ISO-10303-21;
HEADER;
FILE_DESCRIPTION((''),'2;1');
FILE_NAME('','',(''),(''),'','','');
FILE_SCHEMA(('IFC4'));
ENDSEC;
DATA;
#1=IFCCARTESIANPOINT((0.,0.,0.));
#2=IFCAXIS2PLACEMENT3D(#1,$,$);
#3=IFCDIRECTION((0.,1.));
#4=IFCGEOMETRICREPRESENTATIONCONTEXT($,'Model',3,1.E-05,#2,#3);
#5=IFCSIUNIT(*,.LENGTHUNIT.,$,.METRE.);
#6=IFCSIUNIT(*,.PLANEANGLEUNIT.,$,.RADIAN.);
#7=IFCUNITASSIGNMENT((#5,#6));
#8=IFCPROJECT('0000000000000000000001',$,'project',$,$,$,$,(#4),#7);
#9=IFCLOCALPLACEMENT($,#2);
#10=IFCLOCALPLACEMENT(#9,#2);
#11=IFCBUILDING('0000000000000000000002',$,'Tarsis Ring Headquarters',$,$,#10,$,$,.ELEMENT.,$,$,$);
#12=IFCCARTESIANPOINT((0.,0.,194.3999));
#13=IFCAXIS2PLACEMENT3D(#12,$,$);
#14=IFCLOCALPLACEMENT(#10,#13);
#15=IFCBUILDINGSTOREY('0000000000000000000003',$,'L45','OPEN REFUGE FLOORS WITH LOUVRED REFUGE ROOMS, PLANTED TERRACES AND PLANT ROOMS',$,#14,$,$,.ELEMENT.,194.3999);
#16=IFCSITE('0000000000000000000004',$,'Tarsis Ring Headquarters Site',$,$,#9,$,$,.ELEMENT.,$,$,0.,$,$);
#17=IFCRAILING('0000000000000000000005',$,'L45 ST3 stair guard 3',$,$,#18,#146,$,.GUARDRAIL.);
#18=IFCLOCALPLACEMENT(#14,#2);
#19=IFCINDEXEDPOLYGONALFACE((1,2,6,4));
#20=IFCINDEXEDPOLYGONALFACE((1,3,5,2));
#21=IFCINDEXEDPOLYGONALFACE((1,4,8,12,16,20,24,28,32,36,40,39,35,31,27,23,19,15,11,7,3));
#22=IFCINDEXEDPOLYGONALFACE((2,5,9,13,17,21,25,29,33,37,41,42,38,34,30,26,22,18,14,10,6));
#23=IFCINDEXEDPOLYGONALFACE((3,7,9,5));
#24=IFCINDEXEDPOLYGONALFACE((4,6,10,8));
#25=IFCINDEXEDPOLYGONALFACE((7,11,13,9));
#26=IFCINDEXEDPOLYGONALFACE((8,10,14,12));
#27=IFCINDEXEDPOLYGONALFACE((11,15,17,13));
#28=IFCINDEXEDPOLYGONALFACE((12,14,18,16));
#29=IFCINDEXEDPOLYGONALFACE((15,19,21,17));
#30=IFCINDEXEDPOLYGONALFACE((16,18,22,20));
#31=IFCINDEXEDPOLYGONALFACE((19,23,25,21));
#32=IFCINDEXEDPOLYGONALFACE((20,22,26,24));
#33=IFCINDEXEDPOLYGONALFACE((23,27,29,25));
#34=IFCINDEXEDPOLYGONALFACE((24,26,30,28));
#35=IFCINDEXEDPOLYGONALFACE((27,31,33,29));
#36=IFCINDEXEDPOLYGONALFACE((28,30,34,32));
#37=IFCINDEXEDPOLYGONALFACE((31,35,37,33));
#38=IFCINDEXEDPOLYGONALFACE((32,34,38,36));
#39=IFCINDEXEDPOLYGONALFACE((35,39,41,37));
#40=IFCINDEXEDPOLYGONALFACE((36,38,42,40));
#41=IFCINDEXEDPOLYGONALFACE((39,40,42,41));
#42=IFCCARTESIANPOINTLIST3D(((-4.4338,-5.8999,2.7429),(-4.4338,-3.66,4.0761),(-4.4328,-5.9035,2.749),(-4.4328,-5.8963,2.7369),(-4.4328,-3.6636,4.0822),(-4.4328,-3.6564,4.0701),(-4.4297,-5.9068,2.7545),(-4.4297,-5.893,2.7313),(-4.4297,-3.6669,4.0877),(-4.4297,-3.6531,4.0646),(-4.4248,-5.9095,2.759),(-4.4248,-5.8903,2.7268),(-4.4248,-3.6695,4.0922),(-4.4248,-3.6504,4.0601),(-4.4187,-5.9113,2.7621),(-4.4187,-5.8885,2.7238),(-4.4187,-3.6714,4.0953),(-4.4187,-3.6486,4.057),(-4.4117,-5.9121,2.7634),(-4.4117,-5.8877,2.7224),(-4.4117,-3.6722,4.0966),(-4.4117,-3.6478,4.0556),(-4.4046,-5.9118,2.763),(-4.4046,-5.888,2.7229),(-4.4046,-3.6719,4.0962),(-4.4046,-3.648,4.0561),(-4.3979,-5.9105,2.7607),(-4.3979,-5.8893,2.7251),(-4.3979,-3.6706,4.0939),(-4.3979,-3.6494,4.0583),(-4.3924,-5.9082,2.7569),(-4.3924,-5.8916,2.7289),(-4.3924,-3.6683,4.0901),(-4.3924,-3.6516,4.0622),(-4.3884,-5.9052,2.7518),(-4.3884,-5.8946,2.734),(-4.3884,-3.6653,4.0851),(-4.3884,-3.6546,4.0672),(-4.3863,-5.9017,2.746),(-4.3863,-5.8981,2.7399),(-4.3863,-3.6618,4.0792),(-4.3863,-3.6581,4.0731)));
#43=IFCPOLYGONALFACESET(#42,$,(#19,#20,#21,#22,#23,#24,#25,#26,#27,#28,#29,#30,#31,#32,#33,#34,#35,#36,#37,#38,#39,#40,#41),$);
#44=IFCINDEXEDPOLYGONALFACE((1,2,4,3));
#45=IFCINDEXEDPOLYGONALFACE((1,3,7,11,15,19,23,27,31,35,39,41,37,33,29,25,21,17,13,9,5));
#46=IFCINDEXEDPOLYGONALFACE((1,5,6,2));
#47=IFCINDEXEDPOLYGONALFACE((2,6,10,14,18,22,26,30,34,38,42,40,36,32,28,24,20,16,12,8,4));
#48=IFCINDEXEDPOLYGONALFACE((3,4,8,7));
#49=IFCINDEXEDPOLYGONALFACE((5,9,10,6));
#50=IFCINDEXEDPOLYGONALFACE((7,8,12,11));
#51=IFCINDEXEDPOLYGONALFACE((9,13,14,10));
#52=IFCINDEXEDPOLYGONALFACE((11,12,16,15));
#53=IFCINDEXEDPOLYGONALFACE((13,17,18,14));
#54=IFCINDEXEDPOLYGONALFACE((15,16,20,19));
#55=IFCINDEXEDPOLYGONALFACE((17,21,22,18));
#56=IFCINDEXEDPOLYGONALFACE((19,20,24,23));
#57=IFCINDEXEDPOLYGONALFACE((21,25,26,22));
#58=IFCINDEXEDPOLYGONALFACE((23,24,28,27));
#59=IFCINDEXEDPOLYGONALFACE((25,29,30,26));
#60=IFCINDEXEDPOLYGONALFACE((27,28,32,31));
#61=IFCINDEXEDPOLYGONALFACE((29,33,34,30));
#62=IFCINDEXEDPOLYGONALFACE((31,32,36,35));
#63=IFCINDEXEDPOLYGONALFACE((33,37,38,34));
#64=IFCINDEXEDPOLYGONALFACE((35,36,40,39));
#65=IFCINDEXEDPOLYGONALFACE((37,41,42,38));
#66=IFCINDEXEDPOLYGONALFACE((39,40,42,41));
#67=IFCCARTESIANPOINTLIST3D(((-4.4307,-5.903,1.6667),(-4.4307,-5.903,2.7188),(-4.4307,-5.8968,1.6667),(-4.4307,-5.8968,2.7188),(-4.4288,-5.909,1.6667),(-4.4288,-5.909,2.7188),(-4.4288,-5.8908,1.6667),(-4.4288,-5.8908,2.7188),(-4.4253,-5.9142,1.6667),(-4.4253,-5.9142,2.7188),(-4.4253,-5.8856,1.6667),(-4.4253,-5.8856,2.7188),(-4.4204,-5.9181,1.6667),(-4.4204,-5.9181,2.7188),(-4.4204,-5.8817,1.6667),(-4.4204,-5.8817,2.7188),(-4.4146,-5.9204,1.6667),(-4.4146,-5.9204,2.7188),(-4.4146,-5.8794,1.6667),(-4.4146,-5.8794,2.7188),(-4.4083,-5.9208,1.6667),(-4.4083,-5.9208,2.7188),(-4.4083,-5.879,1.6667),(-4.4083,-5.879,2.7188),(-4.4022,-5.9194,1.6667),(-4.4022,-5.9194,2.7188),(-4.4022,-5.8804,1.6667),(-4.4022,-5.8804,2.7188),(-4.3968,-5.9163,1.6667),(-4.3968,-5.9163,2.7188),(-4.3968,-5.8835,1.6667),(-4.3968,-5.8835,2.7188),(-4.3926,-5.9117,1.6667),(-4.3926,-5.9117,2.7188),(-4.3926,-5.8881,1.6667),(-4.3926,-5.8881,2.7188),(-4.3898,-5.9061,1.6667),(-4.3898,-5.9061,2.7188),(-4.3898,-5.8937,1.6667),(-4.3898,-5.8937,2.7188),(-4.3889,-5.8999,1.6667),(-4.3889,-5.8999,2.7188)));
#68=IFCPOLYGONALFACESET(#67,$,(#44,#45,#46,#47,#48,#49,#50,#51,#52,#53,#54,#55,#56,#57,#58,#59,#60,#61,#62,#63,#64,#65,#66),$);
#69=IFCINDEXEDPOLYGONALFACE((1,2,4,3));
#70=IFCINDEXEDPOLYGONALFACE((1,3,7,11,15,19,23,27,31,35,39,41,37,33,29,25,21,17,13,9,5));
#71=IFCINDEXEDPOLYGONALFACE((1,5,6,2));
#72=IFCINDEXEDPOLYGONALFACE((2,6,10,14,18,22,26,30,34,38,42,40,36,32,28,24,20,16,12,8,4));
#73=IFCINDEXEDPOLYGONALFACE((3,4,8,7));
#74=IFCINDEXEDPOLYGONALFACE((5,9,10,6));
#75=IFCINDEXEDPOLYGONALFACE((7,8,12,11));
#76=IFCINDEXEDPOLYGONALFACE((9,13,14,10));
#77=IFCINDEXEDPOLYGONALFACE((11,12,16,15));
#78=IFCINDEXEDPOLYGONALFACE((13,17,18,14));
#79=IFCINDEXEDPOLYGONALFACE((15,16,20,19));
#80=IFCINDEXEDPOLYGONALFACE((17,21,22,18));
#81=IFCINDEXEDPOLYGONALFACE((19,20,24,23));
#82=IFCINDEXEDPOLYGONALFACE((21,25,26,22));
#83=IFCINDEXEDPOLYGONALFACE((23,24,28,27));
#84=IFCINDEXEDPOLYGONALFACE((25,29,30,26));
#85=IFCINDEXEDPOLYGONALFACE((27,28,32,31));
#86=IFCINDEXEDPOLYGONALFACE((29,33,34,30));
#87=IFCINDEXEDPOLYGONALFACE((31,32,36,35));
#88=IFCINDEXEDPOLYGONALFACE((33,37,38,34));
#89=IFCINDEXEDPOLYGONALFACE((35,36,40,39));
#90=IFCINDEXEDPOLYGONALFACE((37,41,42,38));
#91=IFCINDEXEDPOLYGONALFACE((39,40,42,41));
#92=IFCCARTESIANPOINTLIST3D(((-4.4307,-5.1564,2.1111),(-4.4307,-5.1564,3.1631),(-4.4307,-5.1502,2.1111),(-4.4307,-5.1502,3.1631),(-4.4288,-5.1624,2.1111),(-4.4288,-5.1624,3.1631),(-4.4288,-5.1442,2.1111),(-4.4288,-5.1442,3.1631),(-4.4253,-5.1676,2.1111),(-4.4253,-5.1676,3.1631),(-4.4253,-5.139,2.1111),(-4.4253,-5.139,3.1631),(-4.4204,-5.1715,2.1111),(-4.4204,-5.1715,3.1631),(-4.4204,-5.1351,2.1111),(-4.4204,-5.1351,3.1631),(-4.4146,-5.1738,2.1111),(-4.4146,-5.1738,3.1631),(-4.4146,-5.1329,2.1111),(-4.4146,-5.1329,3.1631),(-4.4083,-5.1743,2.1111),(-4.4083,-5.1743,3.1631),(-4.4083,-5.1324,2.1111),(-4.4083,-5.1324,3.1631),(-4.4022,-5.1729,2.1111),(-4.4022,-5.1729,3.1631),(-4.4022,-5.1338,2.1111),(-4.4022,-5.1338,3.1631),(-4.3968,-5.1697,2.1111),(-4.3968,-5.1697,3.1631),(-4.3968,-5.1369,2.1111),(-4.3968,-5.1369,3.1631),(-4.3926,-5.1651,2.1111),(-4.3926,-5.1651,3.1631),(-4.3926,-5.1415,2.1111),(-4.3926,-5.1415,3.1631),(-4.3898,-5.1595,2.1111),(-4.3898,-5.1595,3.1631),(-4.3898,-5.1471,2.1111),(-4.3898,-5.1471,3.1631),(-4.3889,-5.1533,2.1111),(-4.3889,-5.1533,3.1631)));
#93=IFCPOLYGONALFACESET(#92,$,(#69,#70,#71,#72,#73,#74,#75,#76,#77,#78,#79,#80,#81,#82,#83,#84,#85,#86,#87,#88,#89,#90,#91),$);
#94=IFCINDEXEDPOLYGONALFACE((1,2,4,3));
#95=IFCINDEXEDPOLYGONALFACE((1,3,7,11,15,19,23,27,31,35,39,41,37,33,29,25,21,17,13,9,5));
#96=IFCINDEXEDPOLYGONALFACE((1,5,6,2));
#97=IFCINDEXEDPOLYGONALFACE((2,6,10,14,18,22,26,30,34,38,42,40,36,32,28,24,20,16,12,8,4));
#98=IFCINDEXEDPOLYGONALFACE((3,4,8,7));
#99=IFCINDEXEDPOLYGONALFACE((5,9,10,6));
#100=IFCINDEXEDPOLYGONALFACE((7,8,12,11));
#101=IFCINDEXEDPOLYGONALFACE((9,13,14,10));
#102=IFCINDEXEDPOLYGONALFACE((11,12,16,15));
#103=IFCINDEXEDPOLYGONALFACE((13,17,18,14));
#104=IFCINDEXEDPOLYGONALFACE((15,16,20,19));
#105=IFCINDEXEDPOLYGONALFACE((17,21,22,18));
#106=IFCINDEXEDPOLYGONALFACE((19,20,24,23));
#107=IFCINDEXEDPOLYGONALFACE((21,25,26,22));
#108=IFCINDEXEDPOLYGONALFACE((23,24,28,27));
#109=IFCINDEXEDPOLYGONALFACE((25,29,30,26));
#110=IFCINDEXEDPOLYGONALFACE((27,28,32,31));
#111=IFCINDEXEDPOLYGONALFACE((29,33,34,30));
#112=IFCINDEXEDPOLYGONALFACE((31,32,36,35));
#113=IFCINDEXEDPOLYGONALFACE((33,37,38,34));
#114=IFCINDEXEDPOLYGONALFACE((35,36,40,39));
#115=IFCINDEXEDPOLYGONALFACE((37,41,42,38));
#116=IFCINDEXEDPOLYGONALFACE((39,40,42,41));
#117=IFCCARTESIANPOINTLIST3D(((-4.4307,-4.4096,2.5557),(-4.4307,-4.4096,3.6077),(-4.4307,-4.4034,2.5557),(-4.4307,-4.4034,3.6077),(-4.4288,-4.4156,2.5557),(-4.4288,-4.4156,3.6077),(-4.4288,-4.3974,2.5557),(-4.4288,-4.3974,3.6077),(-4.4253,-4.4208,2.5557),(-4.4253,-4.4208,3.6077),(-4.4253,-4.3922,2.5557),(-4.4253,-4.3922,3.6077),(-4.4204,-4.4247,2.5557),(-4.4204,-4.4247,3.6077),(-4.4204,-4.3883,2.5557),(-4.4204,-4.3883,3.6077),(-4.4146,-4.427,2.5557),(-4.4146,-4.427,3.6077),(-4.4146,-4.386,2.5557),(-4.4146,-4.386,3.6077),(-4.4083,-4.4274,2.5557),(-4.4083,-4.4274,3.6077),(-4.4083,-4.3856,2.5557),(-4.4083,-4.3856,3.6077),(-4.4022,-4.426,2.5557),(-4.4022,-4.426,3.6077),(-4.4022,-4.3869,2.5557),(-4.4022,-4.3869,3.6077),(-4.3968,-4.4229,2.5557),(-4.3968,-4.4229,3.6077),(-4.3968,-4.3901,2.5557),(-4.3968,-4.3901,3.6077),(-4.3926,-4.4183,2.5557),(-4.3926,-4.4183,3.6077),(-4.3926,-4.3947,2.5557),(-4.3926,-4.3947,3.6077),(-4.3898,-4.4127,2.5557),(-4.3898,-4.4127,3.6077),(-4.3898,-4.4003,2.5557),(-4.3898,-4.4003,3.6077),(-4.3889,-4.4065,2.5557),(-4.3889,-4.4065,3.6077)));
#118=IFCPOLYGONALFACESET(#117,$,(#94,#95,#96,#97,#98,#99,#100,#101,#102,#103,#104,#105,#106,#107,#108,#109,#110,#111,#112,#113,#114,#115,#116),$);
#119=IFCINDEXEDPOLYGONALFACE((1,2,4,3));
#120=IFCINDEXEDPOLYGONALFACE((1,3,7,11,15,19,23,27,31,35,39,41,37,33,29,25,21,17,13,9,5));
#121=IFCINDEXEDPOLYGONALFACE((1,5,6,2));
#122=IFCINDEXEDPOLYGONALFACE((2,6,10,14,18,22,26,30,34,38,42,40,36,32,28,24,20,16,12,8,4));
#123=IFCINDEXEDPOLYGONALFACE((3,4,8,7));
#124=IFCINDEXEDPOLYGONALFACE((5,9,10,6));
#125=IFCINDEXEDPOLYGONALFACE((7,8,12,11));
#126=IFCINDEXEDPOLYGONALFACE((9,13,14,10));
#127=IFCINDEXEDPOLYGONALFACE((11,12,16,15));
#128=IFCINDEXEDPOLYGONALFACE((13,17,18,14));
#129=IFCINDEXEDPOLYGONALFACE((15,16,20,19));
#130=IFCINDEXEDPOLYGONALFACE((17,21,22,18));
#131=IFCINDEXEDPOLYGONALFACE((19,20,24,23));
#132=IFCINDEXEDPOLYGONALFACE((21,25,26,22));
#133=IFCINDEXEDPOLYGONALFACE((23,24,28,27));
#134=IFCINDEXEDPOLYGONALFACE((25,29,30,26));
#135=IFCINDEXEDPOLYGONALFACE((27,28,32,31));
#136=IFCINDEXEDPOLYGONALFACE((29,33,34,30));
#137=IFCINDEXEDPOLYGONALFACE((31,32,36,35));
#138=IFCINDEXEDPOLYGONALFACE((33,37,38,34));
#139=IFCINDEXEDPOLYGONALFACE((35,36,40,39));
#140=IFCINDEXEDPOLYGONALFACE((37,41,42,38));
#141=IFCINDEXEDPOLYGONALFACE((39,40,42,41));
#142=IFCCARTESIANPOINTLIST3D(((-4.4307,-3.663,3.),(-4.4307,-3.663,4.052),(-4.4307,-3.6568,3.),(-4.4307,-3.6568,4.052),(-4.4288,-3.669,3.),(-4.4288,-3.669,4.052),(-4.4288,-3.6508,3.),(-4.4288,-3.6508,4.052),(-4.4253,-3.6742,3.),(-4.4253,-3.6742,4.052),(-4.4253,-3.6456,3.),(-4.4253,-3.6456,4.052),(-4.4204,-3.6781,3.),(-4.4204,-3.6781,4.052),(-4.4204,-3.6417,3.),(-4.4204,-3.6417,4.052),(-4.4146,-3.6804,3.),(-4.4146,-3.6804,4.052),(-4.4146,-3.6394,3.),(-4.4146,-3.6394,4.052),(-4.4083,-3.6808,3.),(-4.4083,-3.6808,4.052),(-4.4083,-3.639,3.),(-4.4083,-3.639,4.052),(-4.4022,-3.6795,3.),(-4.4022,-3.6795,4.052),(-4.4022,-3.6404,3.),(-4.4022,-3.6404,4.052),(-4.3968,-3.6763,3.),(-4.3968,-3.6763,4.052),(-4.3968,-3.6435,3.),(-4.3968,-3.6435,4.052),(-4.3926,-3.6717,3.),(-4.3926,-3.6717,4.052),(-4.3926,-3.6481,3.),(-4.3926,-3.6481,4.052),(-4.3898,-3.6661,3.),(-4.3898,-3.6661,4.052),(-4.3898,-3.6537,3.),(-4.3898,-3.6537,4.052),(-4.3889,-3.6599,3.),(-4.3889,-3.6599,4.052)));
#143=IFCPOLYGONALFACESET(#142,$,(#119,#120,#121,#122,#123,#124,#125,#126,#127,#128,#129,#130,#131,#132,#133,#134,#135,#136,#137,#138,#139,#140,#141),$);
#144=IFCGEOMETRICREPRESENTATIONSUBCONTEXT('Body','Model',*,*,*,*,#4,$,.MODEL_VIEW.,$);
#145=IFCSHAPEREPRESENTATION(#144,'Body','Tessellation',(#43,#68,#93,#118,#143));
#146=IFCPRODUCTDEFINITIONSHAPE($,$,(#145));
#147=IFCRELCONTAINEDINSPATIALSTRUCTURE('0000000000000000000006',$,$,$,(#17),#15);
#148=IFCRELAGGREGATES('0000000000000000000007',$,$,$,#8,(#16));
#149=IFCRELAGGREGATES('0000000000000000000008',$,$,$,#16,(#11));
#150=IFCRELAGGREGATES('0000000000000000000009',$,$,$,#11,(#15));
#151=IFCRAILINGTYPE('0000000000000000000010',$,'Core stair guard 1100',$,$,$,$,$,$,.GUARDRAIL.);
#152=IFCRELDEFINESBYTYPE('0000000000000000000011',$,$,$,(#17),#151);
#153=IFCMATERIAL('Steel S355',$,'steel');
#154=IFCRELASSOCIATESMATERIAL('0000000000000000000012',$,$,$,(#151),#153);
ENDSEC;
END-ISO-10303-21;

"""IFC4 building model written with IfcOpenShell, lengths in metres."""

from ifc_helpers import new_model, si_unit, direction, frame, origin, origin_2d, place, context, subcontext, project, spatial, circle, extrude, material, type_object, element, save


model = new_model("IFC4")

# Units and contexts
model_context = context("Model", 3, precision=1e-05, world=origin(), true_north=direction((0.0, 1.0)))
body_context = subcontext(model_context, "Body", "Model", "MODEL_VIEW")
ifc_project = project(units=[si_unit("LENGTHUNIT", "METRE"), si_unit("PLANEANGLEUNIT", "RADIAN")], contexts=[model_context])

# Site, building, storey
site_placement = place(None, origin())
site = spatial("IfcSite", under=ifc_project, at=site_placement, Name="Tarsis Ring Headquarters Site", CompositionType="ELEMENT", RefElevation=0.0)
building_placement = place(site_placement, origin())
building = spatial("IfcBuilding", under=site, at=building_placement, Name="Tarsis Ring Headquarters", CompositionType="ELEMENT")
storey_placement = place(building_placement, frame((0.0, 0.0, 194.3999)))
storey = spatial("IfcBuildingStorey", under=building, at=storey_placement, Name="L45", Description="OPEN REFUGE FLOORS WITH LOUVRED REFUGE ROOMS, PLANTED TERRACES AND PLANT ROOMS", CompositionType="ELEMENT", Elevation=194.3999)

# Railing
ifc_material_1 = material(Name="Steel S355", Category="steel")
railing_type_1 = type_object("IfcRailingType", Name="Core stair guard 1100", PredefinedType="GUARDRAIL", material=ifc_material_1)
railing_1_placement = place(storey_placement, frame((-4.4099, -5.8999, 1.6667)))
element("IfcRailing", 1, at=railing_1_placement, inside=storey, type_object=railing_type_1, Name="L45 ST3 stair guard 3", PredefinedType="GUARDRAIL", context=body_context, shape_type="SweptSolid", body=[
    extrude(circle(Radius=0.0239, at=origin_2d()), frame((0.0, 0.0, 1.0762), z_axis=(0.0, 0.859306, 0.511462), x_axis=(-1.0, 0.0, 0.0)), (0.0, 0.0, 1.0), 2.6067),
    extrude(circle(Radius=0.021, at=origin_2d()), origin(), (0.0, 0.0, 1.0), 1.052),
    extrude(circle(Radius=0.021, at=origin_2d()), frame((0.0, 0.7466, 0.4443)), (0.0, 0.0, 1.0), 1.052),
    extrude(circle(Radius=0.021, at=origin_2d()), frame((0.0, 1.4934, 0.8889)), (0.0, 0.0, 1.0), 1.052),
    extrude(circle(Radius=0.021, at=origin_2d()), frame((0.0, 2.24, 1.3333)), (0.0, 0.0, 1.0), 1.052),
])

save(model, "model.ifc")
